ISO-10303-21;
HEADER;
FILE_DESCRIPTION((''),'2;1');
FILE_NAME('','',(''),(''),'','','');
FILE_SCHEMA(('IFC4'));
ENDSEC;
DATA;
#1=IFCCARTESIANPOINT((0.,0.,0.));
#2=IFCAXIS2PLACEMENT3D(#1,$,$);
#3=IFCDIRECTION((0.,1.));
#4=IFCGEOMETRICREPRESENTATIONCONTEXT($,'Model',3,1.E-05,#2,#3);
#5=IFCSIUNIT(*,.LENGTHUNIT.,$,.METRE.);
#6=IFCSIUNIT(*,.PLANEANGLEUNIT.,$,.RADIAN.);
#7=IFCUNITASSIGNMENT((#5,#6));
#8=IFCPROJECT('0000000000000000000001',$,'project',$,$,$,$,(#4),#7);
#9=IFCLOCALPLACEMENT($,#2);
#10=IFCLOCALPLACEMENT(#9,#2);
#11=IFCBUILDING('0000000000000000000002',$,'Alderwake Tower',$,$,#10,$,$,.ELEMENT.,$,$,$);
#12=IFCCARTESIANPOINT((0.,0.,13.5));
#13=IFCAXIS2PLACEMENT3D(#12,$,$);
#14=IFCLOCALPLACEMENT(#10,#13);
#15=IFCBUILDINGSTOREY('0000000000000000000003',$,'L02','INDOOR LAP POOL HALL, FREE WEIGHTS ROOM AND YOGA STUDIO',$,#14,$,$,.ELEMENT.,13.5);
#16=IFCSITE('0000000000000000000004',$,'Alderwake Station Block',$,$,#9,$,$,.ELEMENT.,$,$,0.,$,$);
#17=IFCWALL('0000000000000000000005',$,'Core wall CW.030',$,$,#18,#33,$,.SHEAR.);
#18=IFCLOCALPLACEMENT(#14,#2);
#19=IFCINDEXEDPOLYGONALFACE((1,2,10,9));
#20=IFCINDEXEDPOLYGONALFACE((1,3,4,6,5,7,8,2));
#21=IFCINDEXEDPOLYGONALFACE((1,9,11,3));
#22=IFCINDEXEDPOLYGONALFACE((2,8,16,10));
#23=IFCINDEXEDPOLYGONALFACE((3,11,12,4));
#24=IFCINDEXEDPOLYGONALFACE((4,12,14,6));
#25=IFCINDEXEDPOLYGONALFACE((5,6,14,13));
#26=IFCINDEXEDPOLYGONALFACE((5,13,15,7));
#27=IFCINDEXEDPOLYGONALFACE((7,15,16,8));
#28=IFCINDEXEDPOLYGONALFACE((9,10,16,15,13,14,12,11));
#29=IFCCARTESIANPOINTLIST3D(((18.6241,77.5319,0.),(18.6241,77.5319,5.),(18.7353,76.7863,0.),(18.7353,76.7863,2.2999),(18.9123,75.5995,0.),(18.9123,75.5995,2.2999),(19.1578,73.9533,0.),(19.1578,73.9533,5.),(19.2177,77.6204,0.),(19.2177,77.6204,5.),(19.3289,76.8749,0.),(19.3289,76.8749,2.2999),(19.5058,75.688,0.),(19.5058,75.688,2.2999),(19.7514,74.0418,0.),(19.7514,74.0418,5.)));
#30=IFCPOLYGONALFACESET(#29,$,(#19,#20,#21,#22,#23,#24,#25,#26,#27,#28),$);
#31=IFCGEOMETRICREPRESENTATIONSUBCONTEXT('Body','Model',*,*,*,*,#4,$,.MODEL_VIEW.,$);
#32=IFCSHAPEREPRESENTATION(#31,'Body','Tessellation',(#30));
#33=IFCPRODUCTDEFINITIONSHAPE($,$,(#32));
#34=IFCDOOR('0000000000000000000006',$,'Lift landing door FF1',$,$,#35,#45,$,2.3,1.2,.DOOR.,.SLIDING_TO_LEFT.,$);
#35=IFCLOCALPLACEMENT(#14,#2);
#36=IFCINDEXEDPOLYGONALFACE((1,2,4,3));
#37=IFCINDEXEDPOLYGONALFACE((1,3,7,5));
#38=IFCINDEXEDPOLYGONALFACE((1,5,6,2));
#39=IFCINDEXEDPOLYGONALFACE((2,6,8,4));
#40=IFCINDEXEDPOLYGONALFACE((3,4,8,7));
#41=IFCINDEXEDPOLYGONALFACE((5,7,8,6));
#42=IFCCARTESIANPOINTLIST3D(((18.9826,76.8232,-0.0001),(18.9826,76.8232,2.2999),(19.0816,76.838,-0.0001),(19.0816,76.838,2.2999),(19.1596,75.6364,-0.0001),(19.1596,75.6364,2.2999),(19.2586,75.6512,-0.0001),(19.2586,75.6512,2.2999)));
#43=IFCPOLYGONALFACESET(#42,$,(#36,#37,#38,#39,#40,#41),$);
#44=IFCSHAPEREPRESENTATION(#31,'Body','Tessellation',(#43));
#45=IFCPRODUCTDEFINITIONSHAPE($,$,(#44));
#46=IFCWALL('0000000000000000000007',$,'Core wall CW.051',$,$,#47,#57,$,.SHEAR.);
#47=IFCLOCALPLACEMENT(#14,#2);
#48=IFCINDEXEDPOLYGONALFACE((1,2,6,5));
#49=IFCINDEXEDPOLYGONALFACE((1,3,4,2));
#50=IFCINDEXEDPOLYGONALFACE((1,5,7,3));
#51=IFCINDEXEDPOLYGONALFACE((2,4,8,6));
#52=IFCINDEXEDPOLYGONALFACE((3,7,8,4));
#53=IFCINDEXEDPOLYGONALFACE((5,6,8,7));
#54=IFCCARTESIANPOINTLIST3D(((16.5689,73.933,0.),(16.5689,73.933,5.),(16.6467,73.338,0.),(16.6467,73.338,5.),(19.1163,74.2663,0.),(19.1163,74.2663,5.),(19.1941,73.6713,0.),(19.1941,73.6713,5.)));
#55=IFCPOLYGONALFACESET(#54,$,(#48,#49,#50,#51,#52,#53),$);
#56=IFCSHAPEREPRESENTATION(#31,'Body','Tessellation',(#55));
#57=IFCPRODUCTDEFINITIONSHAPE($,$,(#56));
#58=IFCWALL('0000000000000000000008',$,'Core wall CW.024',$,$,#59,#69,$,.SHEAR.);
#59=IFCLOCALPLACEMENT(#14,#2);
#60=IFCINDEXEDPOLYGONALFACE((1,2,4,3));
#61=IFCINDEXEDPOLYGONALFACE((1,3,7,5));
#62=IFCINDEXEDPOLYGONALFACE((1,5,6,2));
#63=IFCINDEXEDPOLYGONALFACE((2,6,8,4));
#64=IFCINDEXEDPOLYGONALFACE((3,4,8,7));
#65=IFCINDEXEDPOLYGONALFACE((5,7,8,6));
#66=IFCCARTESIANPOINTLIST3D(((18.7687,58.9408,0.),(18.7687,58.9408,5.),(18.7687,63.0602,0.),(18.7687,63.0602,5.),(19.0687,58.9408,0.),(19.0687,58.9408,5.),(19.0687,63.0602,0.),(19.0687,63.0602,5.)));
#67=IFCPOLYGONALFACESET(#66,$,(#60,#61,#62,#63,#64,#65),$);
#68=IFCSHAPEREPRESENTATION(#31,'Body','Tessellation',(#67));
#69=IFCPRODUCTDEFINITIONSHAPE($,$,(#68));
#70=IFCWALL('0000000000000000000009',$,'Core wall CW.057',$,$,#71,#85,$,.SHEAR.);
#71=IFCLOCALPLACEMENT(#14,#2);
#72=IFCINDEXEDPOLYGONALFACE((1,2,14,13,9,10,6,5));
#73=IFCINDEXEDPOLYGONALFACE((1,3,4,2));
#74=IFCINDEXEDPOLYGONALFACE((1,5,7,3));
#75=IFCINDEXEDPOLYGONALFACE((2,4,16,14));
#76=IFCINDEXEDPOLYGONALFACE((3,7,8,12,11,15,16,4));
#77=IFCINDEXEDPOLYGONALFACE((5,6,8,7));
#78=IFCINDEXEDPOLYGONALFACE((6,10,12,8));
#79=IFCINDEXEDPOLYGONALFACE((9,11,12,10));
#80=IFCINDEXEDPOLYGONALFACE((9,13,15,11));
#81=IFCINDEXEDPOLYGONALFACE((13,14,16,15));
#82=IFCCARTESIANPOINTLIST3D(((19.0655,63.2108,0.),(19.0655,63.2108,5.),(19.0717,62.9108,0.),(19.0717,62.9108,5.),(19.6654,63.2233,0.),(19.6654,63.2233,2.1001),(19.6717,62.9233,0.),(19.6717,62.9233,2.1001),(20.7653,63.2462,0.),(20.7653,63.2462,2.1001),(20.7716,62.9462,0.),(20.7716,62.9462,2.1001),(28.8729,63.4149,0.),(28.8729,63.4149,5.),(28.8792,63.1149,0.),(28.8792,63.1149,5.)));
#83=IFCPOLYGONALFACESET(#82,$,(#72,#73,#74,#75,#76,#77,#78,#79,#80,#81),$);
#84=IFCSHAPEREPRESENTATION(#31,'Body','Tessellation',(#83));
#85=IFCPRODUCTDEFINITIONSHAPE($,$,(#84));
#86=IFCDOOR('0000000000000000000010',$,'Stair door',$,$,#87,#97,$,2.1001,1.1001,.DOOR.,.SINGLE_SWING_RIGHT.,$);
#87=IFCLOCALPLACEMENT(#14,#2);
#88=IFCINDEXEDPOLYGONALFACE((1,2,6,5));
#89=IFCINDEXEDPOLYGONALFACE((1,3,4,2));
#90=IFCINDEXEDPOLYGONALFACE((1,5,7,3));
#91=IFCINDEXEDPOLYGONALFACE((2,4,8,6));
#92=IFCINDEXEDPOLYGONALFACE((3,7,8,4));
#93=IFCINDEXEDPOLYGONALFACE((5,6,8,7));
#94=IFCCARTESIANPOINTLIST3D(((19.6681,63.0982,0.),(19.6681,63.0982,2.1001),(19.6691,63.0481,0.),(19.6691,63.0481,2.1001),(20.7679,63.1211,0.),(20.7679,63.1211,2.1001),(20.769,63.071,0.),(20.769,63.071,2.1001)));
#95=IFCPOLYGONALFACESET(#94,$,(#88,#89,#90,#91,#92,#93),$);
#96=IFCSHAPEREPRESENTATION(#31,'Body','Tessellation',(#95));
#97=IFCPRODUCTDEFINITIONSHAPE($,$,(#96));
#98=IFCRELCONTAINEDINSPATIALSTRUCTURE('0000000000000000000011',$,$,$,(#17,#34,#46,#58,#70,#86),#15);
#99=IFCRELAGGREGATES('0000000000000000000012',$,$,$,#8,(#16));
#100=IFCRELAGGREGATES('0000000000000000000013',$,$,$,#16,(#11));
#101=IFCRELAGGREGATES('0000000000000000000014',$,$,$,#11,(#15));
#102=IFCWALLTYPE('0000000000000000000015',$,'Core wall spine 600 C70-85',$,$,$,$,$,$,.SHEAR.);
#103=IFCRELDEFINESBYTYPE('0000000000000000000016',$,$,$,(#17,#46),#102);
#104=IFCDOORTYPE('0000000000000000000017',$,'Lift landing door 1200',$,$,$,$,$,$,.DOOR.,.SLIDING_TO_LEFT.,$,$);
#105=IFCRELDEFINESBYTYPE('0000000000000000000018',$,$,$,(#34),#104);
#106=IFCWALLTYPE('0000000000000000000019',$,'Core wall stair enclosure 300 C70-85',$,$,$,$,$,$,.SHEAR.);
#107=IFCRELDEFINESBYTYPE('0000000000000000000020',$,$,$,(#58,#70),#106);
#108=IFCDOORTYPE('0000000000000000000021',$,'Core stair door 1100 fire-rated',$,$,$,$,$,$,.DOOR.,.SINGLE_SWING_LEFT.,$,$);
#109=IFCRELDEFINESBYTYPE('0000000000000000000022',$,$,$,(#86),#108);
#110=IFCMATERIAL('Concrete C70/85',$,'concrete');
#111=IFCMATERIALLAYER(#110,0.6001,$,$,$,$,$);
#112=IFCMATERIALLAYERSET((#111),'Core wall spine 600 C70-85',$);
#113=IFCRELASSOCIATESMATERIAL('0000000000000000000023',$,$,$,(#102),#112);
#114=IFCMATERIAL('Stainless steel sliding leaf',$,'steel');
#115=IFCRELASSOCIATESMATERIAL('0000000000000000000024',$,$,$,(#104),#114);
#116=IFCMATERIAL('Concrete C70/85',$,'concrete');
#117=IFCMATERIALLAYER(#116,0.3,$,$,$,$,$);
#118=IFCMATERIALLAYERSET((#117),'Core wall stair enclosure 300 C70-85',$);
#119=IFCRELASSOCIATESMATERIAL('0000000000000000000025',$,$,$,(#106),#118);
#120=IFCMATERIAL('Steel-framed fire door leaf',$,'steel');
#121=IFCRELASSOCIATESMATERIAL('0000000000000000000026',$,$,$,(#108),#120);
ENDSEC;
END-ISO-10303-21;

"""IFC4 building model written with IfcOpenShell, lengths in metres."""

from ifc_helpers import new_model, si_unit, direction, frame, frame_2d, origin, place, context, subcontext, project, spatial, rectangle, extrude, material, layer, layer_set, type_object, element, fill, save


model = new_model("IFC4")

# Units and contexts
model_context = context("Model", 3, precision=1e-05, world=origin(), true_north=direction((0.0, 1.0)))
body_context = subcontext(model_context, "Body", "Model", "MODEL_VIEW")
ifc_project = project(units=[si_unit("LENGTHUNIT", "METRE"), si_unit("PLANEANGLEUNIT", "RADIAN")], contexts=[model_context])

# Site, building, storey
site_placement = place(None, origin())
site = spatial("IfcSite", under=ifc_project, at=site_placement, Name="Alderwake Station Block", CompositionType="ELEMENT", RefElevation=0.0)
building_placement = place(site_placement, origin())
building = spatial("IfcBuilding", under=site, at=building_placement, Name="Alderwake Tower", CompositionType="ELEMENT")
storey_placement = place(building_placement, frame((0.0, 0.0, 13.5)))
storey = spatial("IfcBuildingStorey", under=building, at=storey_placement, Name="L02", Description="INDOOR LAP POOL HALL, FREE WEIGHTS ROOM AND YOGA STUDIO", CompositionType="ELEMENT", Elevation=13.5)

# Shared definitions
ifc_material_1 = material(Name="Concrete C70/85", Category="concrete")
ifc_layer_1 = layer(ifc_material_1, 0.6001)
ifc_layer_set_1 = layer_set([ifc_layer_1], Name="Core wall spine 600 C70-85")
wall_type_1 = type_object("IfcWallType", Name="Core wall spine 600 C70-85", PredefinedType="SHEAR", material=ifc_layer_set_1)

# Wall, opening, door
wall_1_placement = place(storey_placement, frame((19.4546, 73.9976, 0.0), z_axis=(0.0, 0.0, 1.0), x_axis=(-0.147502, 0.989062, 0.0)))
wall_1 = element("IfcWall", 1, at=wall_1_placement, inside=storey, type_object=wall_type_1, Name="Core wall CW.030", PredefinedType="SHEAR", context=body_context, shape_type="SweptSolid", body=[
    extrude(rectangle(XDim=3.6182, YDim=0.6001, at=frame_2d((1.8091, 0.0))), origin(), (0.0, 0.0, 1.0), 5.0),
])
opening_1_placement = place(wall_1_placement, frame((1.6643, 0.0, 0.0)))
opening_1 = element("IfcOpeningElement", 2, at=opening_1_placement, cuts=wall_1, PredefinedType="OPENING", context=body_context, shape_type="SweptSolid", body=[
    extrude(rectangle(XDim=1.2, YDim=2.3, at=frame_2d((0.6001, 1.1499))), frame((0.0, 0.3101, 0.0), z_axis=(0.0, -1.0, 0.0), x_axis=(1.0, 0.0, 0.0)), (0.0, 0.0, 1.0), 0.6201),
])
ifc_material_2 = material(Name="Stainless steel sliding leaf", Category="steel")
door_type_1 = type_object("IfcDoorType", Name="Lift landing door 1200", OperationType="SLIDING_TO_LEFT", PredefinedType="DOOR", material=ifc_material_2)
door_1_placement = place(opening_1_placement, origin())
door_1 = element("IfcDoor", 3, at=door_1_placement, inside=storey, type_object=door_type_1, Name="Lift landing door FF1", OperationType="SLIDING_TO_LEFT", OverallHeight=2.3, OverallWidth=1.2, PredefinedType="DOOR", context=body_context, shape_type="SweptSolid", body=[
    extrude(rectangle(XDim=1.2, YDim=2.3, at=frame_2d((0.6001, 1.1499))), frame((0.0, 0.05, 0.0), z_axis=(0.0, -1.0, 0.0), x_axis=(1.0, 0.0, 0.0)), (0.0, 0.0, 1.0), 0.1001),
])
fill(opening_1, door_1)

# Walls
wall_2_placement = place(storey_placement, frame((16.6077, 73.6355, 0.0), z_axis=(0.0, 0.0, 1.0), x_axis=(0.991551, 0.129717, 0.0)))
element("IfcWall", 4, at=wall_2_placement, inside=storey, type_object=wall_type_1, Name="Core wall CW.051", PredefinedType="SHEAR", context=body_context, shape_type="SweptSolid", body=[
    extrude(rectangle(XDim=2.5691, YDim=0.6001, at=frame_2d((1.2847, 0.0))), origin(), (0.0, 0.0, 1.0), 5.0),
])
ifc_material_3 = material(Name="Concrete C70/85", Category="concrete")
ifc_layer_2 = layer(ifc_material_3, 0.3)
ifc_layer_set_2 = layer_set([ifc_layer_2], Name="Core wall stair enclosure 300 C70-85")
wall_type_2 = type_object("IfcWallType", Name="Core wall stair enclosure 300 C70-85", PredefinedType="SHEAR", material=ifc_layer_set_2)
wall_3_placement = place(storey_placement, frame((18.9187, 58.9409, 0.0), z_axis=(0.0, 0.0, 1.0), x_axis=(0.0, 1.0, 0.0)))
element("IfcWall", 5, at=wall_3_placement, inside=storey, type_object=wall_type_2, Name="Core wall CW.024", PredefinedType="SHEAR", context=body_context, shape_type="SweptSolid", body=[
    extrude(rectangle(XDim=4.1194, YDim=0.3, at=frame_2d((2.0596, 0.0))), origin(), (0.0, 0.0, 1.0), 5.0),
])

# Wall, opening, door
wall_4_placement = place(storey_placement, frame((19.0686, 63.0608, 0.0), z_axis=(0.0, 0.0, 1.0), x_axis=(0.999784, 0.020807, 0.0)))
wall_4 = element("IfcWall", 6, at=wall_4_placement, inside=storey, type_object=wall_type_2, Name="Core wall CW.057", PredefinedType="SHEAR", context=body_context, shape_type="SweptSolid", body=[
    extrude(rectangle(XDim=9.8096, YDim=0.3, at=frame_2d((4.9048, 0.0))), origin(), (0.0, 0.0, 1.0), 5.0),
])
opening_2_placement = place(wall_4_placement, frame((0.6001, 0.0, 0.0)))
opening_2 = element("IfcOpeningElement", 7, at=opening_2_placement, cuts=wall_4, PredefinedType="OPENING", context=body_context, shape_type="SweptSolid", body=[
    extrude(rectangle(XDim=1.1001, YDim=2.1001, at=frame_2d((0.55, 1.05))), frame((0.0, 0.1599, 0.0), z_axis=(0.0, -1.0, 0.0), x_axis=(1.0, 0.0, 0.0)), (0.0, 0.0, 1.0), 0.3201),
])
ifc_material_4 = material(Name="Steel-framed fire door leaf", Category="steel")
door_type_2 = type_object("IfcDoorType", Name="Core stair door 1100 fire-rated", OperationType="SINGLE_SWING_LEFT", PredefinedType="DOOR", material=ifc_material_4)
door_2_placement = place(opening_2_placement, origin())
door_2 = element("IfcDoor", 8, at=door_2_placement, inside=storey, type_object=door_type_2, Name="Stair door", OperationType="SINGLE_SWING_RIGHT", OverallHeight=2.1001, OverallWidth=1.1001, PredefinedType="DOOR", context=body_context, shape_type="SweptSolid", body=[
    extrude(rectangle(XDim=1.1001, YDim=2.1001, at=frame_2d((0.55, 1.05))), frame((0.0, 0.0249, 0.0), z_axis=(0.0, -1.0, 0.0), x_axis=(1.0, 0.0, 0.0)), (0.0, 0.0, 1.0), 0.05),
])
fill(opening_2, door_2)

save(model, "model.ifc")
